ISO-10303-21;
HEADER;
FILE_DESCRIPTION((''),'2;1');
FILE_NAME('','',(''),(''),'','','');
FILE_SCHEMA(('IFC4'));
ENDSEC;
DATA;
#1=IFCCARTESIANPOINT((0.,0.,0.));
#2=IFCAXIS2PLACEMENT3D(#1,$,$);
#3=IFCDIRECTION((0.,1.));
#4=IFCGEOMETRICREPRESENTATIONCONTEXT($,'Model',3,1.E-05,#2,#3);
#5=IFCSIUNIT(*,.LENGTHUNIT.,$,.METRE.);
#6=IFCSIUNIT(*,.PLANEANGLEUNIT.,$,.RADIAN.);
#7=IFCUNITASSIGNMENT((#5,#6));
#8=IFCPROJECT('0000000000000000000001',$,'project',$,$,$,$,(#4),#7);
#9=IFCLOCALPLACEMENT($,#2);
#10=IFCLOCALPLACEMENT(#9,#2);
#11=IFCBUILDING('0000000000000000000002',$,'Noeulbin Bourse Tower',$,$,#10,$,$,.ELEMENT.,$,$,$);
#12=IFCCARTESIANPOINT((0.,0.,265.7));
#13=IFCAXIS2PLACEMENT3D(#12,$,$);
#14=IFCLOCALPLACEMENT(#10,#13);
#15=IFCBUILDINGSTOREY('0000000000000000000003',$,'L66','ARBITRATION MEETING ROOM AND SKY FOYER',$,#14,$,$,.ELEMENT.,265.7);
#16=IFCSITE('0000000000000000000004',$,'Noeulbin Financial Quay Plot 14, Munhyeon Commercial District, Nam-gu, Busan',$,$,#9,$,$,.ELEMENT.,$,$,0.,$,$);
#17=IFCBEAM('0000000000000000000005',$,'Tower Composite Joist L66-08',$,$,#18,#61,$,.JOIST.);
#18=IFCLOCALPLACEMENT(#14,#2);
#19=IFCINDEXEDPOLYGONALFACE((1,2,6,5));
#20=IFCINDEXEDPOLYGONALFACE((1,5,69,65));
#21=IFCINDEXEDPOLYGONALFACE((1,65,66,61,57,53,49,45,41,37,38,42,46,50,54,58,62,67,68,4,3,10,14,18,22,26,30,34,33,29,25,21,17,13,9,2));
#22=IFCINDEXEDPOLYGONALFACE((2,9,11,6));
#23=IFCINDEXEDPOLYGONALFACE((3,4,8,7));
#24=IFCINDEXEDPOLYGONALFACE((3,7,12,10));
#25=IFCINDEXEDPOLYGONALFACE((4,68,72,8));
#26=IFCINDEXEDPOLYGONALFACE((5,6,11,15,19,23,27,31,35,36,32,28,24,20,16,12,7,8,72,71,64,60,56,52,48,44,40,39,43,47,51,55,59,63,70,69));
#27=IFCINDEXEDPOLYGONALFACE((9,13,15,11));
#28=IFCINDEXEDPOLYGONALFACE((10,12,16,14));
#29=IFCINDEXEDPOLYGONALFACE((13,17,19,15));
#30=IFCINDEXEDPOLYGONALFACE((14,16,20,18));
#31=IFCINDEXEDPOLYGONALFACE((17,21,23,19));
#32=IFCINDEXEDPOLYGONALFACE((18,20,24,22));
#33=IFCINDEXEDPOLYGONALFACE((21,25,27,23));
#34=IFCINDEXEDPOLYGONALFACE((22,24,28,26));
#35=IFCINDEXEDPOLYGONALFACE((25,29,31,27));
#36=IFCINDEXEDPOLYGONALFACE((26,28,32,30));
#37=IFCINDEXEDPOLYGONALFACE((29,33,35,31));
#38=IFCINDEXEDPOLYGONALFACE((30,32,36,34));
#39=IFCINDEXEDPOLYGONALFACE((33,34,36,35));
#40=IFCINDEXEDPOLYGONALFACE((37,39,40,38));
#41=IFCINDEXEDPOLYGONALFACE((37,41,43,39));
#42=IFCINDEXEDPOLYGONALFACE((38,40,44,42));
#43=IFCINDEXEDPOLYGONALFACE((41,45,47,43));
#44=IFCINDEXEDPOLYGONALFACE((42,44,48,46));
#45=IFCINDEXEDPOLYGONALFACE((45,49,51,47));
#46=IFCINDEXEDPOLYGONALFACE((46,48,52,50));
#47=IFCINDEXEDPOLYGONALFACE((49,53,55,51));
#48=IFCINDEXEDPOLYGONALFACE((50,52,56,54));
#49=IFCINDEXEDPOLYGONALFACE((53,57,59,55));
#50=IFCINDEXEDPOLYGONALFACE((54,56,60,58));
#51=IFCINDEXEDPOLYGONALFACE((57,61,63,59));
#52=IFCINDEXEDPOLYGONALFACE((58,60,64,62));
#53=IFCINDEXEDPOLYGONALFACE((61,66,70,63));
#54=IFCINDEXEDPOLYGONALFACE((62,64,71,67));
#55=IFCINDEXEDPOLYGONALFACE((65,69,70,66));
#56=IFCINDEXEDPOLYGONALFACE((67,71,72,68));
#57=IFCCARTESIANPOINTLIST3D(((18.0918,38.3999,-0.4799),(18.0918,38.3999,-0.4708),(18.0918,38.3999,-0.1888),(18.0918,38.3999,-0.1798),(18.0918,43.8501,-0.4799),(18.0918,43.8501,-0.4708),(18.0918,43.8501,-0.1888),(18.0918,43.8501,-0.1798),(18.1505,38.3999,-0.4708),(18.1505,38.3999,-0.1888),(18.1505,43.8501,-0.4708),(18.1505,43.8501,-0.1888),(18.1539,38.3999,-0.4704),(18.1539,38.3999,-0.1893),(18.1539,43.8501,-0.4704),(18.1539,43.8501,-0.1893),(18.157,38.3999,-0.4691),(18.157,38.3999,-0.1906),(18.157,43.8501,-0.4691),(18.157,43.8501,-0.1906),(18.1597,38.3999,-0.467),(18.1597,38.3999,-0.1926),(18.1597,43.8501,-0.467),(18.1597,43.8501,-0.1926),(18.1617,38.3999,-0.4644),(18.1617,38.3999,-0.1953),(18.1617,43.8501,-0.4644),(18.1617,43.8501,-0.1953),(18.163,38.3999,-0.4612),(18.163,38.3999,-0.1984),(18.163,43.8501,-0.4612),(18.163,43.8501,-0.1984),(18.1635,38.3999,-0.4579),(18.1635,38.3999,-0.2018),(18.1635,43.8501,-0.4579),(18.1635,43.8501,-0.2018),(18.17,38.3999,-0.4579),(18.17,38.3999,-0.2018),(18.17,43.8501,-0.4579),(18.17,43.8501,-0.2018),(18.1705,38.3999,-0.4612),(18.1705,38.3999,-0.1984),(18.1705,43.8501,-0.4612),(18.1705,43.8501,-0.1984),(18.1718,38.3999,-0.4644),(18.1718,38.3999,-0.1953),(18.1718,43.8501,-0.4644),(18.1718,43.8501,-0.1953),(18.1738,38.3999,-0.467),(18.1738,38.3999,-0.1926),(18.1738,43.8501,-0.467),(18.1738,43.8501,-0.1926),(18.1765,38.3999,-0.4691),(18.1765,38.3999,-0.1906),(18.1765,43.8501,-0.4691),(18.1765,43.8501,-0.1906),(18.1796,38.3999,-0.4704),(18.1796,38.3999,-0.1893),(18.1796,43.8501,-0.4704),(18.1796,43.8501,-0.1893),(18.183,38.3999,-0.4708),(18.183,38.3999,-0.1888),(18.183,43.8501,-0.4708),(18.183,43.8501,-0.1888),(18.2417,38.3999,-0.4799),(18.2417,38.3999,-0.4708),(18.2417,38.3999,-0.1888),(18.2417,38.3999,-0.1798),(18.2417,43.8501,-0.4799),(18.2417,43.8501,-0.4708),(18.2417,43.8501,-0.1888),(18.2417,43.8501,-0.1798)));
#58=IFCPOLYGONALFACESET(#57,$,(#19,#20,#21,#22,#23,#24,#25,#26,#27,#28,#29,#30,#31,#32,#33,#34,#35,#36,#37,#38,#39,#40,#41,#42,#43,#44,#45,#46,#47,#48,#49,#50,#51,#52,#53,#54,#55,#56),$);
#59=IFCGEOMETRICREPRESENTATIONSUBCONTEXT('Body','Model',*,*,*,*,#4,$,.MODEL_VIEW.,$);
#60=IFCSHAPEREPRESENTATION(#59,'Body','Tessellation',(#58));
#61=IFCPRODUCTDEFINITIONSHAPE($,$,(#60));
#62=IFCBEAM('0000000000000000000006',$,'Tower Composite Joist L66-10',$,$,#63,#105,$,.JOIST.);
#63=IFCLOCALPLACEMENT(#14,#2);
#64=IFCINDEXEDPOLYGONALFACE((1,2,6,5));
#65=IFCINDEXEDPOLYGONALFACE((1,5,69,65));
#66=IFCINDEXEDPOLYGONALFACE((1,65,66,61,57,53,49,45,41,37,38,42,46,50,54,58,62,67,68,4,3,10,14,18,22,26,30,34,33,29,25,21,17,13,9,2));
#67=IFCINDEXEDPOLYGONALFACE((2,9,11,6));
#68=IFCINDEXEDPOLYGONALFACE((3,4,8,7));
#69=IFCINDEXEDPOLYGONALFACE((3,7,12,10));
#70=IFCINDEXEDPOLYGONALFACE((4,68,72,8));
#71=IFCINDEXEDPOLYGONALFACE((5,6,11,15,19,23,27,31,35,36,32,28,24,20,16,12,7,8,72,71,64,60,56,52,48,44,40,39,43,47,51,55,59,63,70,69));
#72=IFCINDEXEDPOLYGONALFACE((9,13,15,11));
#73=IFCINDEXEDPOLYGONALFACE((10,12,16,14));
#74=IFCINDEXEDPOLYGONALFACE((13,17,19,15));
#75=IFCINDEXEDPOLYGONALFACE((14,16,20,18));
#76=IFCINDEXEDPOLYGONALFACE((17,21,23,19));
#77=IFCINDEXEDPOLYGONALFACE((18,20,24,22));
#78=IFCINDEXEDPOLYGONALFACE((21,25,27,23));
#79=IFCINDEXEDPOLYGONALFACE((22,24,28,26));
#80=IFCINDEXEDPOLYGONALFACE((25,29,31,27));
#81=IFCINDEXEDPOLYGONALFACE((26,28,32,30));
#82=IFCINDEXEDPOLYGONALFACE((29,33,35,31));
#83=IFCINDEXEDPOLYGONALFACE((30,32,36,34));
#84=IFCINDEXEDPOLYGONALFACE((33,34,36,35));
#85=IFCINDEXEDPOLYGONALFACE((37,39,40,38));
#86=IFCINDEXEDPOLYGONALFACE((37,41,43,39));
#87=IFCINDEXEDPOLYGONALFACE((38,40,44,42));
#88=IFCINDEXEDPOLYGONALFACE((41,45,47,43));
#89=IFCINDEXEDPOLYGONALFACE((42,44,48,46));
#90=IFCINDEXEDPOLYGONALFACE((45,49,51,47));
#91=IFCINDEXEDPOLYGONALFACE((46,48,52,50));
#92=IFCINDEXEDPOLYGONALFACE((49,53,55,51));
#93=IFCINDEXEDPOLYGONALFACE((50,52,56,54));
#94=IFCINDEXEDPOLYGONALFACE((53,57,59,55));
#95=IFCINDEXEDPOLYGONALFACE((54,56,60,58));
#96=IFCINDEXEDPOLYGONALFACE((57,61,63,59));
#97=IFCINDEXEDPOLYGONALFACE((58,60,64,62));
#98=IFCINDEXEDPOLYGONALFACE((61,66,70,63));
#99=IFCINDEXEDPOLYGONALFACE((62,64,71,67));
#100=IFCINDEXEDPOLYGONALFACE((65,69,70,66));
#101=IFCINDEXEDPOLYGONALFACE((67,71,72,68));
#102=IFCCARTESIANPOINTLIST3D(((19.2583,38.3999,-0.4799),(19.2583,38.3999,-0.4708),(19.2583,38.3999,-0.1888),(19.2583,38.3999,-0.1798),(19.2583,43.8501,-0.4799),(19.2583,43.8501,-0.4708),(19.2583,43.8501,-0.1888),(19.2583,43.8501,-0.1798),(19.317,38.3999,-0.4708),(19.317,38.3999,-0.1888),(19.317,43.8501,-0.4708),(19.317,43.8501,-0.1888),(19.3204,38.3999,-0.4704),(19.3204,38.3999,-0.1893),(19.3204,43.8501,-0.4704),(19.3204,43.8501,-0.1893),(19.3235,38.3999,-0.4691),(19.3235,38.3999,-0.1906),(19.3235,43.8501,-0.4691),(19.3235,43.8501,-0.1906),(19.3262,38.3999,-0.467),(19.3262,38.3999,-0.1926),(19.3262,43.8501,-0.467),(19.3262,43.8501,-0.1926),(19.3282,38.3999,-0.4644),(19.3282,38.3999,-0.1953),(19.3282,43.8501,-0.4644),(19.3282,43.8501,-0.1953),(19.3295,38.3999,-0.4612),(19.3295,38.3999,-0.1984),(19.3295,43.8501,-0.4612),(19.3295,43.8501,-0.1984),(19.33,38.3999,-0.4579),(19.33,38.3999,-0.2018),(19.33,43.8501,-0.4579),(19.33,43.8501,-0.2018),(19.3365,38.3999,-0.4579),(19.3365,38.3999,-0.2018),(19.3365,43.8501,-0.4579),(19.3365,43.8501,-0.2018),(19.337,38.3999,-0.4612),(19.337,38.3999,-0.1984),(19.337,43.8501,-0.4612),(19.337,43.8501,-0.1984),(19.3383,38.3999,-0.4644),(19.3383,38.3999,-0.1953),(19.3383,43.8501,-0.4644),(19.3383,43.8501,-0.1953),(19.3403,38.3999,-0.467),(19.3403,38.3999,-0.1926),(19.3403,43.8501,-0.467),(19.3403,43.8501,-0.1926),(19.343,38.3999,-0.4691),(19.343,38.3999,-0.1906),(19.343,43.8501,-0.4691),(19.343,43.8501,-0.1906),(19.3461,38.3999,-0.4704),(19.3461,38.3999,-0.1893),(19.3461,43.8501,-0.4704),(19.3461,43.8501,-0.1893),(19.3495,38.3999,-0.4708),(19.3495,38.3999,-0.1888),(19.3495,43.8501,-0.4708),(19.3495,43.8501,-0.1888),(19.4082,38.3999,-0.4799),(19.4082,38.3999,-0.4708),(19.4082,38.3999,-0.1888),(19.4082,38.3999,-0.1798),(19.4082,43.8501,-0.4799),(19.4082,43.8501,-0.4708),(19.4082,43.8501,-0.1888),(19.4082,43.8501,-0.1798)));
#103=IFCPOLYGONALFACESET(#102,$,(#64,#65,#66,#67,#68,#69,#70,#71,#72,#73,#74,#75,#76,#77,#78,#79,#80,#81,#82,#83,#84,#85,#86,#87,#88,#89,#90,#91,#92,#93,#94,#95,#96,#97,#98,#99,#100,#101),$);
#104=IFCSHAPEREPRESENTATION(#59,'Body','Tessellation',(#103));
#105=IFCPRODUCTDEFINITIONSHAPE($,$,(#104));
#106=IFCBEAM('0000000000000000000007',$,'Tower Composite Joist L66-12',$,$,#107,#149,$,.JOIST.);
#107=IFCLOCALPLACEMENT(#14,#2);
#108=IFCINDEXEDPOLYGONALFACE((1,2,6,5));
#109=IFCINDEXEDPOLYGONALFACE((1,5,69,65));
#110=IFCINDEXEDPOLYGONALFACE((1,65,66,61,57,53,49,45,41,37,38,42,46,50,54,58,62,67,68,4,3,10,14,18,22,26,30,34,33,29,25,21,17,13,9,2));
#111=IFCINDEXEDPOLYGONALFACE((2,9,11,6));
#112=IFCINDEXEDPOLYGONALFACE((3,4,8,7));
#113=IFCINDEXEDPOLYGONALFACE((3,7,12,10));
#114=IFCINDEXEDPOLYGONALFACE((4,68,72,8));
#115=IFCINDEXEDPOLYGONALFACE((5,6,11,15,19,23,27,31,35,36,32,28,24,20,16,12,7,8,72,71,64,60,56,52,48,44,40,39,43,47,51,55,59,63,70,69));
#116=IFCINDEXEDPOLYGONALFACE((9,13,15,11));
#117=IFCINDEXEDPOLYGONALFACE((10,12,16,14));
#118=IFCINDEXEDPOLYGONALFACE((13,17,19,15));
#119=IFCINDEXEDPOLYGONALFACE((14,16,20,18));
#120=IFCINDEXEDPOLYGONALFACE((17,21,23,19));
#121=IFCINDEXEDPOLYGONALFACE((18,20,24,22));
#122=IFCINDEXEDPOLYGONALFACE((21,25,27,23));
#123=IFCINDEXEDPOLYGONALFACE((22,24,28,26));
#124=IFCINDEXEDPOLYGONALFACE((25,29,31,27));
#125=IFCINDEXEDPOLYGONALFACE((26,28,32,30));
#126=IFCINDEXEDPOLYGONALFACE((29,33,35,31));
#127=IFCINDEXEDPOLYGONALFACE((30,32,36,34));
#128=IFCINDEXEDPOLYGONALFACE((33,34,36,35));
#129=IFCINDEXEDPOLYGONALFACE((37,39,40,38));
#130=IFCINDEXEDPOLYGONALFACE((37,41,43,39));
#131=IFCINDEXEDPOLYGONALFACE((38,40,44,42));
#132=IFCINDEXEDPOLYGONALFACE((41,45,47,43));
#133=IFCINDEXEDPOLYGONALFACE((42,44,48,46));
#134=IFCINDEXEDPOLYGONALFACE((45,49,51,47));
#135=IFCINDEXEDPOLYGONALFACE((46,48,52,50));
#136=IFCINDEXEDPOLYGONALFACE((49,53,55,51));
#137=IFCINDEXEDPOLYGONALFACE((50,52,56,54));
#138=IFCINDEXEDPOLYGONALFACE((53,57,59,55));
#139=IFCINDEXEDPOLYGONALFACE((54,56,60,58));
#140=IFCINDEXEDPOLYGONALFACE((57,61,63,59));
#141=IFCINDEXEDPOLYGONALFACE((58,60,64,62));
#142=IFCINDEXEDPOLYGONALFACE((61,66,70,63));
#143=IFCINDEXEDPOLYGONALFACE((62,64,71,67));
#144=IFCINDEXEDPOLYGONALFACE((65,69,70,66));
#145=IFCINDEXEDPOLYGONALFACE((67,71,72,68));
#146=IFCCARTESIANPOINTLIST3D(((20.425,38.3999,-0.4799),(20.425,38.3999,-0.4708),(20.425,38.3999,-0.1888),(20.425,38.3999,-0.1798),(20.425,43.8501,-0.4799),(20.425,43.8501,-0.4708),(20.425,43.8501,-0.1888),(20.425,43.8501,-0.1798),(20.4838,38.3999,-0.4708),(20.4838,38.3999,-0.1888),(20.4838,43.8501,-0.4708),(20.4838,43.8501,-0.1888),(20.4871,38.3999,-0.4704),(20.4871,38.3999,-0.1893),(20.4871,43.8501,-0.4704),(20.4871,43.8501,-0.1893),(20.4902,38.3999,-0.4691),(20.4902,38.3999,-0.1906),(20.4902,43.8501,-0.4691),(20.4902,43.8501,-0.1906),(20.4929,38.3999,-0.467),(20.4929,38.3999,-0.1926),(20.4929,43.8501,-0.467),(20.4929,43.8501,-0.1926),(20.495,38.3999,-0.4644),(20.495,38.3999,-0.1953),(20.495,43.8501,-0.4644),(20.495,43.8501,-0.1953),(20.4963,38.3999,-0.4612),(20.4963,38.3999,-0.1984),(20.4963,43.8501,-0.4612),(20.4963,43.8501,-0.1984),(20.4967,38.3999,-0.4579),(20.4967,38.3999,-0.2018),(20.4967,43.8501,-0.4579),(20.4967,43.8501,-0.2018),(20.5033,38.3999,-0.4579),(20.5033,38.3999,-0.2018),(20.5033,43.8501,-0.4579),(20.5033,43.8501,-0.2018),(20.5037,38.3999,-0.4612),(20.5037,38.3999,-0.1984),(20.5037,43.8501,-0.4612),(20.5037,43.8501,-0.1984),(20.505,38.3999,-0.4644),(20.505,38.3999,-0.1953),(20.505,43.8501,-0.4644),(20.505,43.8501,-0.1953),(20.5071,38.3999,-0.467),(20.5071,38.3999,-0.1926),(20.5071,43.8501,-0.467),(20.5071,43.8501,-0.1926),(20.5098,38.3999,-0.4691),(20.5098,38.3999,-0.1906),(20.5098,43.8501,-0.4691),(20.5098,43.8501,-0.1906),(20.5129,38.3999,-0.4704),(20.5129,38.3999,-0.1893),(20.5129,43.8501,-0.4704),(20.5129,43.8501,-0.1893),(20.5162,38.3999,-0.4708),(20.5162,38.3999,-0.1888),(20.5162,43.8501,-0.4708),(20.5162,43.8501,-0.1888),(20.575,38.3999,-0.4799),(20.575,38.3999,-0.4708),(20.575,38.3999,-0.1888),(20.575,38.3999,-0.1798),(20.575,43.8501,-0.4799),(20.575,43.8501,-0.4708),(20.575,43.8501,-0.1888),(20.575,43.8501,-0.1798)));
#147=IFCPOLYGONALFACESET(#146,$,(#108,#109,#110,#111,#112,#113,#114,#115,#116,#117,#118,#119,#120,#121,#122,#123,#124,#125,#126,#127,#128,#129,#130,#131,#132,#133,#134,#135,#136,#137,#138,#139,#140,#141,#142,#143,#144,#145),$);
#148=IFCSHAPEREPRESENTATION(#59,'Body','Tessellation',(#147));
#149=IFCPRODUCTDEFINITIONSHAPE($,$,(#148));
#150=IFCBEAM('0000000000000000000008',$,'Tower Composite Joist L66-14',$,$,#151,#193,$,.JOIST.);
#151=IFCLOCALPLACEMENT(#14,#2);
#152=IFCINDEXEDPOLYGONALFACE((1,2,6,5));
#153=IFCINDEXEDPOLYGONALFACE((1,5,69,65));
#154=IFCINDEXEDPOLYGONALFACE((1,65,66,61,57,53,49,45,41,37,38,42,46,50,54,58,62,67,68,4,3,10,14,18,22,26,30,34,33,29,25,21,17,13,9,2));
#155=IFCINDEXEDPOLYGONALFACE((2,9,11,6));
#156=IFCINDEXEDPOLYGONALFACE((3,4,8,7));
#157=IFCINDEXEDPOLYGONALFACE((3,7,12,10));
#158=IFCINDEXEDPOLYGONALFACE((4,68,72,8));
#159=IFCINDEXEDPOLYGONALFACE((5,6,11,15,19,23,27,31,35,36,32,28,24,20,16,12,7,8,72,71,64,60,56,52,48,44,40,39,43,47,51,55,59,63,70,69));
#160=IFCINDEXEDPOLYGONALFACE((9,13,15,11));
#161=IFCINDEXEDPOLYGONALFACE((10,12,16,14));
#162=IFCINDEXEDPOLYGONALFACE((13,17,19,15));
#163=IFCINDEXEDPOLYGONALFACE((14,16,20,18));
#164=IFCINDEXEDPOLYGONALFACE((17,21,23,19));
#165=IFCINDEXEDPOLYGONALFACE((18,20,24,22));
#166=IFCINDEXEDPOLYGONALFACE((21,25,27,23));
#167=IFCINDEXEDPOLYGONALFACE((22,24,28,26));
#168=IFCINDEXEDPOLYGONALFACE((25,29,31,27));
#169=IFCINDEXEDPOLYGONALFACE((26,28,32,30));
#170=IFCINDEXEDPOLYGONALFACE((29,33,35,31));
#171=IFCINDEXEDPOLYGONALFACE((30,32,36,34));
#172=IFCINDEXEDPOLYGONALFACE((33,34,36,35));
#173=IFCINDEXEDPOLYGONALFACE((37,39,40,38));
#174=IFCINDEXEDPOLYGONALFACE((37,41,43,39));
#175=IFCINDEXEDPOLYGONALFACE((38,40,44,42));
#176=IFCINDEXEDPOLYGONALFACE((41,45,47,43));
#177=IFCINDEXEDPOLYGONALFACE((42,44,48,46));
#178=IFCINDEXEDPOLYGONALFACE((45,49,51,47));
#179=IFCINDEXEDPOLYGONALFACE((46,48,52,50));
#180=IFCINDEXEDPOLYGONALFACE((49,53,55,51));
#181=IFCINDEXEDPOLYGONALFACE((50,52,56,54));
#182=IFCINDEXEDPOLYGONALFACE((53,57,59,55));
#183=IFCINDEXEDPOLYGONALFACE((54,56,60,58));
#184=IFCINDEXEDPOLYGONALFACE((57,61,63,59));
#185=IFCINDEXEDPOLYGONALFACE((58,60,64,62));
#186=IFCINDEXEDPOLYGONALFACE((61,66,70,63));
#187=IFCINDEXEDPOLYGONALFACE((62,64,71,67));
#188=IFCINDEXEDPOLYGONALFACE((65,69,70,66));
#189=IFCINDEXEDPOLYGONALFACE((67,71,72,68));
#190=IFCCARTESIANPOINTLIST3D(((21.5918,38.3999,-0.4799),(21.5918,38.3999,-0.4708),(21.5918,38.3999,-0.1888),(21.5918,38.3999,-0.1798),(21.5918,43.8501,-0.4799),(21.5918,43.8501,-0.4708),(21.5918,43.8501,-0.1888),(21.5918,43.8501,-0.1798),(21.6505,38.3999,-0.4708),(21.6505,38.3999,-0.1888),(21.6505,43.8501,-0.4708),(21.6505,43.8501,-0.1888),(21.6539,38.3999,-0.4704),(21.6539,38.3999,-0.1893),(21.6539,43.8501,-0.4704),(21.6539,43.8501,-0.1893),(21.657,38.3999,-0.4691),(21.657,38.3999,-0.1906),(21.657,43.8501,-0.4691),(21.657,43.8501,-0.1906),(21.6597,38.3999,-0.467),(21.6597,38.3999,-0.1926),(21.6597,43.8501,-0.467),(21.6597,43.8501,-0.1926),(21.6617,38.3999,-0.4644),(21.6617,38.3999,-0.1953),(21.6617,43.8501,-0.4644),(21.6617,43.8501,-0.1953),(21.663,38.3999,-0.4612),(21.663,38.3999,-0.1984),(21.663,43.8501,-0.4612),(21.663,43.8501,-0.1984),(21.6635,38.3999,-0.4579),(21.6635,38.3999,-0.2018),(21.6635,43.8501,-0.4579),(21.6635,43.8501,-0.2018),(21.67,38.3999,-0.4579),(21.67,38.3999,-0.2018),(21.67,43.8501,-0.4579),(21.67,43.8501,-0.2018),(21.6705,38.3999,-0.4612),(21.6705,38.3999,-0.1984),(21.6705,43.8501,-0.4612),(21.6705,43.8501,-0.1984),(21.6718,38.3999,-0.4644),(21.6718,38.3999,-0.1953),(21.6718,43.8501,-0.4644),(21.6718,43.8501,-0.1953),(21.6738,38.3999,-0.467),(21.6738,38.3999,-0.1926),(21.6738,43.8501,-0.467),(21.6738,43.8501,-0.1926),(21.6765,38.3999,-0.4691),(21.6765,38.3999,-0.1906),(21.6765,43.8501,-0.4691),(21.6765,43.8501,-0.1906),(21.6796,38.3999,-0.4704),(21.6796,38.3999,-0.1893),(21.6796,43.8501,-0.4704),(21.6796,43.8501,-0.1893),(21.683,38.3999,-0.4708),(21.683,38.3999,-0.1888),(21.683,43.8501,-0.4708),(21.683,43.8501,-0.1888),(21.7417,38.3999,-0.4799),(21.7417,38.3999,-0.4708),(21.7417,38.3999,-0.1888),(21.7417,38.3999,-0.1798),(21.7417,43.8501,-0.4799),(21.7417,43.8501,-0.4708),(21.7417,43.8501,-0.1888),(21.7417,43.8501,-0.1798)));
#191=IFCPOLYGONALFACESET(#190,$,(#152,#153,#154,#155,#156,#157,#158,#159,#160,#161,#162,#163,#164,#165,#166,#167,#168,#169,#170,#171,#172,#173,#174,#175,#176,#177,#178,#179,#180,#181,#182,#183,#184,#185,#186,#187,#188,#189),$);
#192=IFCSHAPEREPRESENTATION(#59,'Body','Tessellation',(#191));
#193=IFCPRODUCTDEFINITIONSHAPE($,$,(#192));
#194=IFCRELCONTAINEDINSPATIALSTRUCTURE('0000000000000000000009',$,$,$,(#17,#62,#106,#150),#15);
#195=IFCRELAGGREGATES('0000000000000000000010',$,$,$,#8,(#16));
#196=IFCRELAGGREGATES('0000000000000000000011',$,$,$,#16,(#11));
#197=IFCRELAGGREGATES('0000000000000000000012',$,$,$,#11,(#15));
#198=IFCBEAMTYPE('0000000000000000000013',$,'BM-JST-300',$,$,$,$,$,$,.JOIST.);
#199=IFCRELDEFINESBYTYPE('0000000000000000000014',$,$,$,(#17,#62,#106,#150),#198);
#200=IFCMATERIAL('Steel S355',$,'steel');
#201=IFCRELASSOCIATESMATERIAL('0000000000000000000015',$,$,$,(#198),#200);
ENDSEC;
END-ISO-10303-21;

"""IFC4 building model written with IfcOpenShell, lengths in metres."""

from ifc_helpers import new_model, si_unit, direction, frame, origin, origin_2d, place, context, subcontext, project, spatial, i_section, extrude, material, material_profile, profile_set, type_object, element, save


model = new_model("IFC4")

# Units and contexts
model_context = context("Model", 3, precision=1e-05, world=origin(), true_north=direction((0.0, 1.0)))
body_context = subcontext(model_context, "Body", "Model", "MODEL_VIEW")
ifc_project = project(units=[si_unit("LENGTHUNIT", "METRE"), si_unit("PLANEANGLEUNIT", "RADIAN")], contexts=[model_context])

# Site, building, storey
site_placement = place(None, origin())
site = spatial("IfcSite", under=ifc_project, at=site_placement, Name="Noeulbin Financial Quay Plot 14, Munhyeon Commercial District, Nam-gu, Busan", CompositionType="ELEMENT", RefElevation=0.0)
building_placement = place(site_placement, origin())
building = spatial("IfcBuilding", under=site, at=building_placement, Name="Noeulbin Bourse Tower", CompositionType="ELEMENT")
storey_placement = place(building_placement, frame((0.0, 0.0, 265.7)))
storey = spatial("IfcBuildingStorey", under=building, at=storey_placement, Name="L66", Description="ARBITRATION MEETING ROOM AND SKY FOYER", CompositionType="ELEMENT", Elevation=265.7)

# Shared definitions
ifc_material_1 = material(Name="Steel S355", Category="steel")

# Beams
ifc_material_profile_1 = material_profile(ifc_material_1, i_section(OverallWidth=0.1499, OverallDepth=0.3, WebThickness=0.0066, FlangeThickness=0.009, FilletRadius=0.0129, at=origin_2d()), Name="H-300x150x6.5x9", Category="LoadBearing")
ifc_profile_set_1 = profile_set([ifc_material_profile_1], Name="Steel S355")
beam_type_1 = type_object("IfcBeamType", Name="BM-JST-300", PredefinedType="JOIST", material=ifc_profile_set_1)
for number, where, z_axis, x_axis, name in (
    (1, (18.1667, 38.3999, -0.3298), (0.0, 1.0, 0.0), (-1.0, 0.0, 0.0), "Tower Composite Joist L66-08"),
    (2, (19.3333, 38.3999, -0.3298), (0.0, 1.0, 0.0), (-1.0, 0.0, 0.0), "Tower Composite Joist L66-10"),
    (3, (20.5, 38.3999, -0.3298), (0.0, 1.0, 0.0), (-1.0, 0.0, 0.0), "Tower Composite Joist L66-12"),
    (4, (21.6667, 38.3999, -0.3298), (0.0, 1.0, 0.0), (-1.0, 0.0, 0.0), "Tower Composite Joist L66-14"),
):
    element("IfcBeam", number, at=place(storey_placement, frame(where, z_axis=z_axis, x_axis=x_axis)), inside=storey, type_object=beam_type_1, Name=name, PredefinedType="JOIST", context=body_context, shape_type="SweptSolid", body=[
        extrude(i_section(OverallWidth=0.1499, OverallDepth=0.3, WebThickness=0.0066, FlangeThickness=0.009, FilletRadius=0.0129, at=origin_2d()), origin(), (0.0, 0.0, 1.0), 5.4502),
    ])

save(model, "model.ifc")
